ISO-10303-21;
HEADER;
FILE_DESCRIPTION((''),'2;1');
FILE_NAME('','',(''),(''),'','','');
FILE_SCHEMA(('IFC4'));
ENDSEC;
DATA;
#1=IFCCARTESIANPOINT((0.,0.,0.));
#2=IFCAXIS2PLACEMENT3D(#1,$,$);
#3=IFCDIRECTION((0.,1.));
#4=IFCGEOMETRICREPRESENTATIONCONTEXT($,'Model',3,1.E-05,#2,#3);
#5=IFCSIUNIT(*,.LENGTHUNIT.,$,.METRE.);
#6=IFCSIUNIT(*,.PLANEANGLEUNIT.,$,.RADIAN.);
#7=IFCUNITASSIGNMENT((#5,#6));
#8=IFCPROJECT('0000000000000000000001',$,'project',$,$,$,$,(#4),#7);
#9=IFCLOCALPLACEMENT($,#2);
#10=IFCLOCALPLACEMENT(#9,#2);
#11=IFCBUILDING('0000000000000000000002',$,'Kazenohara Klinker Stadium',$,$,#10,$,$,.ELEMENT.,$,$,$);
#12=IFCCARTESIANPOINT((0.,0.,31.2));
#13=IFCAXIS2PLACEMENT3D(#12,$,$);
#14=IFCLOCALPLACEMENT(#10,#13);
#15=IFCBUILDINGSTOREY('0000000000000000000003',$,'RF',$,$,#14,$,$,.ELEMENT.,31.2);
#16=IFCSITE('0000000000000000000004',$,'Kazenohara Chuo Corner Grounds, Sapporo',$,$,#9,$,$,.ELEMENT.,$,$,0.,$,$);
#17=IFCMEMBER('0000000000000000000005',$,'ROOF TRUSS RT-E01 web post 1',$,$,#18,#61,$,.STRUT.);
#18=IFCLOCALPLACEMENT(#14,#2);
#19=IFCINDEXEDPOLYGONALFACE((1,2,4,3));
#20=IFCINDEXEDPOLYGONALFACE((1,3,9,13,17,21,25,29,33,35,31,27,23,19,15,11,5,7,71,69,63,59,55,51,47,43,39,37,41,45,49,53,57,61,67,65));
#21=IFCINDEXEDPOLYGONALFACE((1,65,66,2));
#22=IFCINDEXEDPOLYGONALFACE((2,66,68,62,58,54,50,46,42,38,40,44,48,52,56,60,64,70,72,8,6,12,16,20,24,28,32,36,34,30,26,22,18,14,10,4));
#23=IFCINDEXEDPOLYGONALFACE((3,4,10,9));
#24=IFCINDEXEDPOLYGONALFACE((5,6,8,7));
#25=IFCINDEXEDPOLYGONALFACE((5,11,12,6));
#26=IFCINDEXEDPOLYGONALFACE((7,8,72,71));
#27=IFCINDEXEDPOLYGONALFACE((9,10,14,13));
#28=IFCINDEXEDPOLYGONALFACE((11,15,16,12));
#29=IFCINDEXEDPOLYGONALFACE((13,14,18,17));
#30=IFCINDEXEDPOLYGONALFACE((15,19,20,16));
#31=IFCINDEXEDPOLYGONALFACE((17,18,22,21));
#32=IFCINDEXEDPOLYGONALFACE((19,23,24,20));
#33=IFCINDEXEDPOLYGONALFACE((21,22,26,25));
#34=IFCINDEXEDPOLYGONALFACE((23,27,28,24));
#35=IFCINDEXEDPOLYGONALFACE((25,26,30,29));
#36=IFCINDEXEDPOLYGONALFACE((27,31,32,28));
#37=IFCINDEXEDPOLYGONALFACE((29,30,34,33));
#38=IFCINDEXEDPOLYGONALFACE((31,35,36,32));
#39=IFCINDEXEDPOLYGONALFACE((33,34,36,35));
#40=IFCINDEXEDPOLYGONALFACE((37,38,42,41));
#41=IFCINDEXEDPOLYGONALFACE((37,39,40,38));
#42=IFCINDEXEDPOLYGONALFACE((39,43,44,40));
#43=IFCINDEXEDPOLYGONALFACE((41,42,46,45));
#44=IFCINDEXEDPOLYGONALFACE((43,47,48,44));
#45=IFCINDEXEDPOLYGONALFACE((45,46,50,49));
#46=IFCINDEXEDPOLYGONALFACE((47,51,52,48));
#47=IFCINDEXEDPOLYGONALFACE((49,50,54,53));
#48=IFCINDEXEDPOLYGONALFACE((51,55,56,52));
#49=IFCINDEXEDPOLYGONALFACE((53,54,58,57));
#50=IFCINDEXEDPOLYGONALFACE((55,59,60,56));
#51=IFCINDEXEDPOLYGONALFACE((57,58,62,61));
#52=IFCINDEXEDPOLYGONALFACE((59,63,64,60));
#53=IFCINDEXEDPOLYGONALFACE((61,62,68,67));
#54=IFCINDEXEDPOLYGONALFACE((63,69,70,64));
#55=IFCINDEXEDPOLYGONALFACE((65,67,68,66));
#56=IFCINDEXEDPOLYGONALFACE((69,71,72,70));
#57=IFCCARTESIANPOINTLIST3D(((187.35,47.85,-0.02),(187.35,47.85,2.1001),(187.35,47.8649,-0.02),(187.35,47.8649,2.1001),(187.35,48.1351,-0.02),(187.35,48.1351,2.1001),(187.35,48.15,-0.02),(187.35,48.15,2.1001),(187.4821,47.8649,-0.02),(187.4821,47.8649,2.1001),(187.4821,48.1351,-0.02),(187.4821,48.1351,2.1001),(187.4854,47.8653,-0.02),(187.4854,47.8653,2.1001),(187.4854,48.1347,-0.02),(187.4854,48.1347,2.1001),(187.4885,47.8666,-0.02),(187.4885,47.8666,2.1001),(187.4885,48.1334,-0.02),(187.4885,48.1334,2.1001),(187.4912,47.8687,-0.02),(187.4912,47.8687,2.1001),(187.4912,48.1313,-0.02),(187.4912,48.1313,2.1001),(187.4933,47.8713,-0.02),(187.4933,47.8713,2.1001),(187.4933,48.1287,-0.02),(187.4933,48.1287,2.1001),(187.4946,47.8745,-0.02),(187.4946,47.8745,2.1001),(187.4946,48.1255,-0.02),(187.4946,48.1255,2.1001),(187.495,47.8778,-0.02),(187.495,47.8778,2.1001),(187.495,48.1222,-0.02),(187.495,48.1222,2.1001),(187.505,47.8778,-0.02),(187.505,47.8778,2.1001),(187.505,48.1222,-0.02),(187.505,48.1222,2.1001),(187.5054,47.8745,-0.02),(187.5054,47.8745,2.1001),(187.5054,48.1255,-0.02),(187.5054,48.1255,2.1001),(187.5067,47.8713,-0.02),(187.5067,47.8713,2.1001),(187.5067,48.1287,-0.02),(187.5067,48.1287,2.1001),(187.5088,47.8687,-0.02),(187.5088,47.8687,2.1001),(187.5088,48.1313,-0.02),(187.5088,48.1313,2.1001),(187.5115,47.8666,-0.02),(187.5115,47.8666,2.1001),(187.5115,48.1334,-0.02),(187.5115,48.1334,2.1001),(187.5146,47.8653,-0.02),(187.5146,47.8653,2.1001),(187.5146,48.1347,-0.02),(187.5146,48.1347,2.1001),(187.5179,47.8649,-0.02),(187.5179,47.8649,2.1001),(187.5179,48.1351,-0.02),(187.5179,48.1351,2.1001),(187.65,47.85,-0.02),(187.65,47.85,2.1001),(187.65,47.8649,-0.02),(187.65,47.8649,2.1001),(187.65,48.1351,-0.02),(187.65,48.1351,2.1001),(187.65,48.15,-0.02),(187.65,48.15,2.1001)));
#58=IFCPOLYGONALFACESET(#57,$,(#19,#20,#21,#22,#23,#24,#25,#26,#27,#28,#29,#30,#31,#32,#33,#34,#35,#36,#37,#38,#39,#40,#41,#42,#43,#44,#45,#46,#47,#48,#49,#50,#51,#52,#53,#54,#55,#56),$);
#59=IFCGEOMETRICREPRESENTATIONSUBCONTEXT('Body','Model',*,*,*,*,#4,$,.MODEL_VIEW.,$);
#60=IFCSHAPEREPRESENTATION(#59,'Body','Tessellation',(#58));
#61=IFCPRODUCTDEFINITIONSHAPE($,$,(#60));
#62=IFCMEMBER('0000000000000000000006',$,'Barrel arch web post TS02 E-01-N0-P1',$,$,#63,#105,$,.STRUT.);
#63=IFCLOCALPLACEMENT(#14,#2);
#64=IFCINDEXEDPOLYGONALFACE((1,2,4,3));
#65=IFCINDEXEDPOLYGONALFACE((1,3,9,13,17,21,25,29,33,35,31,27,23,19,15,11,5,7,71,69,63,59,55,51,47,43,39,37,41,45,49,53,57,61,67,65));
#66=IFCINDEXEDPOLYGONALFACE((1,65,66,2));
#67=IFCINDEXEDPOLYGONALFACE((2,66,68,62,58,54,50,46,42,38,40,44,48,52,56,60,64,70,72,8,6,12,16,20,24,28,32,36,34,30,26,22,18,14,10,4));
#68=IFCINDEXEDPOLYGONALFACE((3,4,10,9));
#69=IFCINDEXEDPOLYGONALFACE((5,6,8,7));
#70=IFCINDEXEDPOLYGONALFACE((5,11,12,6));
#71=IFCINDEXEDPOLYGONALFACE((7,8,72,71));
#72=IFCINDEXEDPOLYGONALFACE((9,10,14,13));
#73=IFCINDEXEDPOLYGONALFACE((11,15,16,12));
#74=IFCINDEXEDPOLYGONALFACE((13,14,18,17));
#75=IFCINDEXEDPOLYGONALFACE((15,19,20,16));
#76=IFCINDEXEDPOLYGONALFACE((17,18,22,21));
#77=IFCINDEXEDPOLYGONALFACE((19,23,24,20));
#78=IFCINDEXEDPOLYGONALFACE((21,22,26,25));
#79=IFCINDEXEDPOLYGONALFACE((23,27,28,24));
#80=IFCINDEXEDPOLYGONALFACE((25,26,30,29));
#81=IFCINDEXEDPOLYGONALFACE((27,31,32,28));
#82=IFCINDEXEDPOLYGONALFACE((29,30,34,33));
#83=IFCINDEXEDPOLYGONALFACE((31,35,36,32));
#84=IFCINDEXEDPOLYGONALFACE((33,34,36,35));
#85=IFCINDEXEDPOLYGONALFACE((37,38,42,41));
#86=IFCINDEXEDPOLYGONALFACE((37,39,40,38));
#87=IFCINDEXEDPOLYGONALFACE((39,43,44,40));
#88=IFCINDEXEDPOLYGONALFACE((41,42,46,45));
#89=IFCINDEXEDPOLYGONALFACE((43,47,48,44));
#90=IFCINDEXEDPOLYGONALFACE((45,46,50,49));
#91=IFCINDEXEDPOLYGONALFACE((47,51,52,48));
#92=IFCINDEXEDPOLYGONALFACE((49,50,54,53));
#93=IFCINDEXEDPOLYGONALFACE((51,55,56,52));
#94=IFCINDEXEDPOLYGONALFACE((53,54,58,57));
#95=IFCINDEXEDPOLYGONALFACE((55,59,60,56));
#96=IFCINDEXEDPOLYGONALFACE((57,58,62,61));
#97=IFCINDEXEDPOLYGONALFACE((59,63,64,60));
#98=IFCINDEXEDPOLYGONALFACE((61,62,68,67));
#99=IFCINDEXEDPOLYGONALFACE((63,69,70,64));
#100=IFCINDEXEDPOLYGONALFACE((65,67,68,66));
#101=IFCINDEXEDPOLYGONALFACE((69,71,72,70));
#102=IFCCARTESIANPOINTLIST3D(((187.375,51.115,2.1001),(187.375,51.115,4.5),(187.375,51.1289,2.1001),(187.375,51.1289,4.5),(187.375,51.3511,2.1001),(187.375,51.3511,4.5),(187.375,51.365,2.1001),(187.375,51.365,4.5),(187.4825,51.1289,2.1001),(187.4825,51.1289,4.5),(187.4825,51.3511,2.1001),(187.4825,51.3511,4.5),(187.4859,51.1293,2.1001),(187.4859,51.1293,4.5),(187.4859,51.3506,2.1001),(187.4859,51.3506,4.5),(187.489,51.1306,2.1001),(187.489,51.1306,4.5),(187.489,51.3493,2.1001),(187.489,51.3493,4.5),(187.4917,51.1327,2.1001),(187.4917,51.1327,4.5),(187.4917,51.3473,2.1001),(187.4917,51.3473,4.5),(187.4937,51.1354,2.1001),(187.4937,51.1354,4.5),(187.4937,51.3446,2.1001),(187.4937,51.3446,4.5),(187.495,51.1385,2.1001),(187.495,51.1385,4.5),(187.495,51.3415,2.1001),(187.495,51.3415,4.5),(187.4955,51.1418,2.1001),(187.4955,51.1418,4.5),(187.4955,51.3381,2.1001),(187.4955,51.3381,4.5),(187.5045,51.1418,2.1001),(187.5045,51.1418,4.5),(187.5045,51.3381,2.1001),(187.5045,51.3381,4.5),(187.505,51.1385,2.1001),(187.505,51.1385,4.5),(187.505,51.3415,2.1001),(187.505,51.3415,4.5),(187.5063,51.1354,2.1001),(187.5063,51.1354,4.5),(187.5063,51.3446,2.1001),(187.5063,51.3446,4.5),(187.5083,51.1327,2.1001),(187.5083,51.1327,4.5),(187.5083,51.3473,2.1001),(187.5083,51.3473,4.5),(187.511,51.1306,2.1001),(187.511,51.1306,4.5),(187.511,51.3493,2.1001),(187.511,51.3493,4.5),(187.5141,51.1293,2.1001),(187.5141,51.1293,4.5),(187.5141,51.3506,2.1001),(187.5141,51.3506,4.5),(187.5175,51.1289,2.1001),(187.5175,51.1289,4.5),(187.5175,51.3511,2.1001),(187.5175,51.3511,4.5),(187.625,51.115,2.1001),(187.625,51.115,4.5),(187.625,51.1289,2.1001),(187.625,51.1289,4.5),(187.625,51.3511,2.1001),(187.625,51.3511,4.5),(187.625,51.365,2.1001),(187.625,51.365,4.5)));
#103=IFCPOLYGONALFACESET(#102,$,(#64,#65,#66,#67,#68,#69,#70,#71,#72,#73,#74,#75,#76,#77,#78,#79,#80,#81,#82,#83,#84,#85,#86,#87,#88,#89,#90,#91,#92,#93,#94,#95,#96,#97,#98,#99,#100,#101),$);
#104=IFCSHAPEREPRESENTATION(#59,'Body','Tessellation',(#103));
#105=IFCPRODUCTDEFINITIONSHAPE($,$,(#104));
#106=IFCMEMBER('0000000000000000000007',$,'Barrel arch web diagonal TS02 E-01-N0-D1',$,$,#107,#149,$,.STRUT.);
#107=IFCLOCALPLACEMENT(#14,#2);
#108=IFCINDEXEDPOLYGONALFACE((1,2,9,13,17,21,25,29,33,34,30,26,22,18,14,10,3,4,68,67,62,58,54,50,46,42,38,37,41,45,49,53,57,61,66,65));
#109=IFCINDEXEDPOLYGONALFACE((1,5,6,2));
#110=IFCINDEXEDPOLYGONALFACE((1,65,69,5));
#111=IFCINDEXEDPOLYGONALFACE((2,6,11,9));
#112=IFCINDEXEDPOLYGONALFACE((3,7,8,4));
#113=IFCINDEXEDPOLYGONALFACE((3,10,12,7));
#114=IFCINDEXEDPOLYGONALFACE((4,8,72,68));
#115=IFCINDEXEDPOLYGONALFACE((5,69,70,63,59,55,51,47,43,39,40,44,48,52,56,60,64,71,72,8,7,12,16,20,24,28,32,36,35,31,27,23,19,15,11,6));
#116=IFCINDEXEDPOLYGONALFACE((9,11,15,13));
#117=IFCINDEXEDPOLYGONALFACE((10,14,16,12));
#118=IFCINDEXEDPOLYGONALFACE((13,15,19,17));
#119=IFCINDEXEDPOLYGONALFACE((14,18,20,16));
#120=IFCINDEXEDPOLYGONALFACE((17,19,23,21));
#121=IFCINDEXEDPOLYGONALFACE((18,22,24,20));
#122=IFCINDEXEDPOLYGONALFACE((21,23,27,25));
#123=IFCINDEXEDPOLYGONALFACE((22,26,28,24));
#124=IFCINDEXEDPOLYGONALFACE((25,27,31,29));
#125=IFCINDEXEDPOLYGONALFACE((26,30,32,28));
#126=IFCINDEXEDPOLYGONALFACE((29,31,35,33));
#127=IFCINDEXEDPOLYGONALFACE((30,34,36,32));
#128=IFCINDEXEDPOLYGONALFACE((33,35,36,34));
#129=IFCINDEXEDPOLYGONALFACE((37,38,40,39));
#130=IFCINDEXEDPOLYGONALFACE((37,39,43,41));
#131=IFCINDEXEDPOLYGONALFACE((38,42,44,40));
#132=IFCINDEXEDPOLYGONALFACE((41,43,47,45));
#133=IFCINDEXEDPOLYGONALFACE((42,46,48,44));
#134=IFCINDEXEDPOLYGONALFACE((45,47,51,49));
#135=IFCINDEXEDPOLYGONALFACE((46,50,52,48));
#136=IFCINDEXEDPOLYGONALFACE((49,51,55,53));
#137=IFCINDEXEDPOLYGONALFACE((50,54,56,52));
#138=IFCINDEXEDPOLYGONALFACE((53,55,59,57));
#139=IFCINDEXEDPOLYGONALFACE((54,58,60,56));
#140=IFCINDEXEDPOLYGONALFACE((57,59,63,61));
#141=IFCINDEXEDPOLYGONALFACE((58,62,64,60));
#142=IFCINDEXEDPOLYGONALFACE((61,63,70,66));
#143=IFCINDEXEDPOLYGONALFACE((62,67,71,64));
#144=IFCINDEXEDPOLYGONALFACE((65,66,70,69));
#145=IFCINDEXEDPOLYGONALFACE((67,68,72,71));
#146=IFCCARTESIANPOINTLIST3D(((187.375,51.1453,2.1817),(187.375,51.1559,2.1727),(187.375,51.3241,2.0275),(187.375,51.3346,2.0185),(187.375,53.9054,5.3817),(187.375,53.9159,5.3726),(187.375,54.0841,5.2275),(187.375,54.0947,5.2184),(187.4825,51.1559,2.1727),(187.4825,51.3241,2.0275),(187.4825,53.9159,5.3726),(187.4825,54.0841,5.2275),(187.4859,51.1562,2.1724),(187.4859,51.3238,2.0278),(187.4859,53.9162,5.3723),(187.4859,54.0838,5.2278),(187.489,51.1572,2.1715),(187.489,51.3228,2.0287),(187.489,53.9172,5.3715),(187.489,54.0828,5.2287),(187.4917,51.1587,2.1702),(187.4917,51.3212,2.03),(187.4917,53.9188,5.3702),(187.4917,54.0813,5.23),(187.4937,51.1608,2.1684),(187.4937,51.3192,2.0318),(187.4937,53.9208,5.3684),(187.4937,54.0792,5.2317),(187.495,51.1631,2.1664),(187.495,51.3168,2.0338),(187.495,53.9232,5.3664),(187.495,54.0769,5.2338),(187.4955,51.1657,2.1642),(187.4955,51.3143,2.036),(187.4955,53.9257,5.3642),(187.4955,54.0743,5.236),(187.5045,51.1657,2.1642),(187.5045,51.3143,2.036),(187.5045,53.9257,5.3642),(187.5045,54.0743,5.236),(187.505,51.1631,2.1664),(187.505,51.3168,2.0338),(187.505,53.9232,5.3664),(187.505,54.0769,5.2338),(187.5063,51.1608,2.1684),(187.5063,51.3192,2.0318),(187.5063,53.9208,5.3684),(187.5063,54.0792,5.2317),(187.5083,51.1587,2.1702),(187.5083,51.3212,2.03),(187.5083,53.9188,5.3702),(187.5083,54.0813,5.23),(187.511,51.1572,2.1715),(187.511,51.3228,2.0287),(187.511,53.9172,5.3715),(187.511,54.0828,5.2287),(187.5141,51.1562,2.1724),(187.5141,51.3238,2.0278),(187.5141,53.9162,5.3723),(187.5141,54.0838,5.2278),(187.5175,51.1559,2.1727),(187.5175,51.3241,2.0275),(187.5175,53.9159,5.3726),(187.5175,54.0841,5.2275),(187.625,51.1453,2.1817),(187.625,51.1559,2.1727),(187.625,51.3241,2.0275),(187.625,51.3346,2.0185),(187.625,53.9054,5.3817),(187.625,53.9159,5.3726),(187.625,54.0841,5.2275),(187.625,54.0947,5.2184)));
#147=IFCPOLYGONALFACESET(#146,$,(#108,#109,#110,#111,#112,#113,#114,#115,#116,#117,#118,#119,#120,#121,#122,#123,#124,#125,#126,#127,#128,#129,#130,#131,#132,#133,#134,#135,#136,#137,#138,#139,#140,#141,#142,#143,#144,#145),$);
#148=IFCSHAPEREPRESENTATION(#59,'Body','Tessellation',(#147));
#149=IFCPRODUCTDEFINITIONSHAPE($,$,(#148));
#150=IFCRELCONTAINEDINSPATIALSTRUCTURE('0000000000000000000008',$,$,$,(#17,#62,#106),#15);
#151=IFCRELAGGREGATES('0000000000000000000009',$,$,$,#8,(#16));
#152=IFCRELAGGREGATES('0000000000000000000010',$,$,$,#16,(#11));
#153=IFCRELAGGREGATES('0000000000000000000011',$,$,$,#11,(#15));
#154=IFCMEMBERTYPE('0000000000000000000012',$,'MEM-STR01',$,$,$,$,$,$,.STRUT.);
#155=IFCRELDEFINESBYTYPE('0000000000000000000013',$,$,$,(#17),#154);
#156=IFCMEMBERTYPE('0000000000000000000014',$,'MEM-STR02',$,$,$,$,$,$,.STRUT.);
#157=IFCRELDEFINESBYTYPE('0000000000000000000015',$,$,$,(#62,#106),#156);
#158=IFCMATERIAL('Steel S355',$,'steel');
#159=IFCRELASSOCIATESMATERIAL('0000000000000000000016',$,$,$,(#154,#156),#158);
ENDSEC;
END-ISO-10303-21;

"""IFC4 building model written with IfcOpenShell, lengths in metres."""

from ifc_helpers import new_model, si_unit, direction, frame, origin, origin_2d, place, context, subcontext, project, spatial, i_section, extrude, material, material_profile, profile_set, type_object, element, save


model = new_model("IFC4")

# Units and contexts
model_context = context("Model", 3, precision=1e-05, world=origin(), true_north=direction((0.0, 1.0)))
body_context = subcontext(model_context, "Body", "Model", "MODEL_VIEW")
ifc_project = project(units=[si_unit("LENGTHUNIT", "METRE"), si_unit("PLANEANGLEUNIT", "RADIAN")], contexts=[model_context])

# Site, building, storey
site_placement = place(None, origin())
site = spatial("IfcSite", under=ifc_project, at=site_placement, Name="Kazenohara Chuo Corner Grounds, Sapporo", CompositionType="ELEMENT", RefElevation=0.0)
building_placement = place(site_placement, origin())
building = spatial("IfcBuilding", under=site, at=building_placement, Name="Kazenohara Klinker Stadium", CompositionType="ELEMENT")
storey_placement = place(building_placement, frame((0.0, 0.0, 31.2)))
storey = spatial("IfcBuildingStorey", under=building, at=storey_placement, Name="RF", CompositionType="ELEMENT", Elevation=31.2)

# Members
ifc_material_1 = material(Name="Steel S355", Category="steel")
ifc_material_profile_1 = material_profile(ifc_material_1, i_section(OverallWidth=0.3, OverallDepth=0.3, WebThickness=0.01, FlangeThickness=0.0149, FilletRadius=0.0129, at=origin_2d()), Name="H-300x300x10x15")
ifc_profile_set_1 = profile_set([ifc_material_profile_1], Name="Steel S355")
member_type_1 = type_object("IfcMemberType", Name="MEM-STR01", PredefinedType="STRUT", material=ifc_profile_set_1)
member_1_placement = place(storey_placement, frame((187.5, 48.0, -0.02), z_axis=(0.0, 0.0, 1.0), x_axis=(1.0, 0.0, 0.0)))
element("IfcMember", 1, at=member_1_placement, inside=storey, type_object=member_type_1, Name="ROOF TRUSS RT-E01 web post 1", PredefinedType="STRUT", context=body_context, shape_type="SweptSolid", body=[
    extrude(i_section(OverallWidth=0.3, OverallDepth=0.3, WebThickness=0.01, FlangeThickness=0.0149, FilletRadius=0.0129, at=origin_2d()), origin(), (0.0, 0.0, 1.0), 2.1201),
])
ifc_material_profile_2 = material_profile(ifc_material_1, i_section(OverallWidth=0.25, OverallDepth=0.25, WebThickness=0.009, FlangeThickness=0.0139, FilletRadius=0.0129, at=origin_2d()), Name="H-250x250x9x14")
ifc_profile_set_2 = profile_set([ifc_material_profile_2], Name="Steel S355")
member_type_2 = type_object("IfcMemberType", Name="MEM-STR02", PredefinedType="STRUT", material=ifc_profile_set_2)
member_2_placement = place(storey_placement, frame((187.5, 51.24, 2.1001), z_axis=(0.0, 0.0, 1.0), x_axis=(1.0, 0.0, 0.0)))
element("IfcMember", 2, at=member_2_placement, inside=storey, type_object=member_type_2, Name="Barrel arch web post TS02 E-01-N0-P1", PredefinedType="STRUT", context=body_context, shape_type="SweptSolid", body=[
    extrude(i_section(OverallWidth=0.25, OverallDepth=0.25, WebThickness=0.009, FlangeThickness=0.0139, FilletRadius=0.0129, at=origin_2d()), origin(), (0.0, 0.0, 1.0), 2.3999),
])
member_3_placement = place(storey_placement, frame((187.5, 51.24, 2.1001), z_axis=(0.0, 0.653134, 0.757242), x_axis=(-1.0, 0.0, 0.0)))
element("IfcMember", 3, at=member_3_placement, inside=storey, type_object=member_type_2, Name="Barrel arch web diagonal TS02 E-01-N0-D1", PredefinedType="STRUT", context=body_context, shape_type="SweptSolid", body=[
    extrude(i_section(OverallWidth=0.25, OverallDepth=0.25, WebThickness=0.009, FlangeThickness=0.0139, FilletRadius=0.0129, at=origin_2d()), origin(), (0.0, 0.0, 1.0), 4.2258),
])

save(model, "model.ifc")
